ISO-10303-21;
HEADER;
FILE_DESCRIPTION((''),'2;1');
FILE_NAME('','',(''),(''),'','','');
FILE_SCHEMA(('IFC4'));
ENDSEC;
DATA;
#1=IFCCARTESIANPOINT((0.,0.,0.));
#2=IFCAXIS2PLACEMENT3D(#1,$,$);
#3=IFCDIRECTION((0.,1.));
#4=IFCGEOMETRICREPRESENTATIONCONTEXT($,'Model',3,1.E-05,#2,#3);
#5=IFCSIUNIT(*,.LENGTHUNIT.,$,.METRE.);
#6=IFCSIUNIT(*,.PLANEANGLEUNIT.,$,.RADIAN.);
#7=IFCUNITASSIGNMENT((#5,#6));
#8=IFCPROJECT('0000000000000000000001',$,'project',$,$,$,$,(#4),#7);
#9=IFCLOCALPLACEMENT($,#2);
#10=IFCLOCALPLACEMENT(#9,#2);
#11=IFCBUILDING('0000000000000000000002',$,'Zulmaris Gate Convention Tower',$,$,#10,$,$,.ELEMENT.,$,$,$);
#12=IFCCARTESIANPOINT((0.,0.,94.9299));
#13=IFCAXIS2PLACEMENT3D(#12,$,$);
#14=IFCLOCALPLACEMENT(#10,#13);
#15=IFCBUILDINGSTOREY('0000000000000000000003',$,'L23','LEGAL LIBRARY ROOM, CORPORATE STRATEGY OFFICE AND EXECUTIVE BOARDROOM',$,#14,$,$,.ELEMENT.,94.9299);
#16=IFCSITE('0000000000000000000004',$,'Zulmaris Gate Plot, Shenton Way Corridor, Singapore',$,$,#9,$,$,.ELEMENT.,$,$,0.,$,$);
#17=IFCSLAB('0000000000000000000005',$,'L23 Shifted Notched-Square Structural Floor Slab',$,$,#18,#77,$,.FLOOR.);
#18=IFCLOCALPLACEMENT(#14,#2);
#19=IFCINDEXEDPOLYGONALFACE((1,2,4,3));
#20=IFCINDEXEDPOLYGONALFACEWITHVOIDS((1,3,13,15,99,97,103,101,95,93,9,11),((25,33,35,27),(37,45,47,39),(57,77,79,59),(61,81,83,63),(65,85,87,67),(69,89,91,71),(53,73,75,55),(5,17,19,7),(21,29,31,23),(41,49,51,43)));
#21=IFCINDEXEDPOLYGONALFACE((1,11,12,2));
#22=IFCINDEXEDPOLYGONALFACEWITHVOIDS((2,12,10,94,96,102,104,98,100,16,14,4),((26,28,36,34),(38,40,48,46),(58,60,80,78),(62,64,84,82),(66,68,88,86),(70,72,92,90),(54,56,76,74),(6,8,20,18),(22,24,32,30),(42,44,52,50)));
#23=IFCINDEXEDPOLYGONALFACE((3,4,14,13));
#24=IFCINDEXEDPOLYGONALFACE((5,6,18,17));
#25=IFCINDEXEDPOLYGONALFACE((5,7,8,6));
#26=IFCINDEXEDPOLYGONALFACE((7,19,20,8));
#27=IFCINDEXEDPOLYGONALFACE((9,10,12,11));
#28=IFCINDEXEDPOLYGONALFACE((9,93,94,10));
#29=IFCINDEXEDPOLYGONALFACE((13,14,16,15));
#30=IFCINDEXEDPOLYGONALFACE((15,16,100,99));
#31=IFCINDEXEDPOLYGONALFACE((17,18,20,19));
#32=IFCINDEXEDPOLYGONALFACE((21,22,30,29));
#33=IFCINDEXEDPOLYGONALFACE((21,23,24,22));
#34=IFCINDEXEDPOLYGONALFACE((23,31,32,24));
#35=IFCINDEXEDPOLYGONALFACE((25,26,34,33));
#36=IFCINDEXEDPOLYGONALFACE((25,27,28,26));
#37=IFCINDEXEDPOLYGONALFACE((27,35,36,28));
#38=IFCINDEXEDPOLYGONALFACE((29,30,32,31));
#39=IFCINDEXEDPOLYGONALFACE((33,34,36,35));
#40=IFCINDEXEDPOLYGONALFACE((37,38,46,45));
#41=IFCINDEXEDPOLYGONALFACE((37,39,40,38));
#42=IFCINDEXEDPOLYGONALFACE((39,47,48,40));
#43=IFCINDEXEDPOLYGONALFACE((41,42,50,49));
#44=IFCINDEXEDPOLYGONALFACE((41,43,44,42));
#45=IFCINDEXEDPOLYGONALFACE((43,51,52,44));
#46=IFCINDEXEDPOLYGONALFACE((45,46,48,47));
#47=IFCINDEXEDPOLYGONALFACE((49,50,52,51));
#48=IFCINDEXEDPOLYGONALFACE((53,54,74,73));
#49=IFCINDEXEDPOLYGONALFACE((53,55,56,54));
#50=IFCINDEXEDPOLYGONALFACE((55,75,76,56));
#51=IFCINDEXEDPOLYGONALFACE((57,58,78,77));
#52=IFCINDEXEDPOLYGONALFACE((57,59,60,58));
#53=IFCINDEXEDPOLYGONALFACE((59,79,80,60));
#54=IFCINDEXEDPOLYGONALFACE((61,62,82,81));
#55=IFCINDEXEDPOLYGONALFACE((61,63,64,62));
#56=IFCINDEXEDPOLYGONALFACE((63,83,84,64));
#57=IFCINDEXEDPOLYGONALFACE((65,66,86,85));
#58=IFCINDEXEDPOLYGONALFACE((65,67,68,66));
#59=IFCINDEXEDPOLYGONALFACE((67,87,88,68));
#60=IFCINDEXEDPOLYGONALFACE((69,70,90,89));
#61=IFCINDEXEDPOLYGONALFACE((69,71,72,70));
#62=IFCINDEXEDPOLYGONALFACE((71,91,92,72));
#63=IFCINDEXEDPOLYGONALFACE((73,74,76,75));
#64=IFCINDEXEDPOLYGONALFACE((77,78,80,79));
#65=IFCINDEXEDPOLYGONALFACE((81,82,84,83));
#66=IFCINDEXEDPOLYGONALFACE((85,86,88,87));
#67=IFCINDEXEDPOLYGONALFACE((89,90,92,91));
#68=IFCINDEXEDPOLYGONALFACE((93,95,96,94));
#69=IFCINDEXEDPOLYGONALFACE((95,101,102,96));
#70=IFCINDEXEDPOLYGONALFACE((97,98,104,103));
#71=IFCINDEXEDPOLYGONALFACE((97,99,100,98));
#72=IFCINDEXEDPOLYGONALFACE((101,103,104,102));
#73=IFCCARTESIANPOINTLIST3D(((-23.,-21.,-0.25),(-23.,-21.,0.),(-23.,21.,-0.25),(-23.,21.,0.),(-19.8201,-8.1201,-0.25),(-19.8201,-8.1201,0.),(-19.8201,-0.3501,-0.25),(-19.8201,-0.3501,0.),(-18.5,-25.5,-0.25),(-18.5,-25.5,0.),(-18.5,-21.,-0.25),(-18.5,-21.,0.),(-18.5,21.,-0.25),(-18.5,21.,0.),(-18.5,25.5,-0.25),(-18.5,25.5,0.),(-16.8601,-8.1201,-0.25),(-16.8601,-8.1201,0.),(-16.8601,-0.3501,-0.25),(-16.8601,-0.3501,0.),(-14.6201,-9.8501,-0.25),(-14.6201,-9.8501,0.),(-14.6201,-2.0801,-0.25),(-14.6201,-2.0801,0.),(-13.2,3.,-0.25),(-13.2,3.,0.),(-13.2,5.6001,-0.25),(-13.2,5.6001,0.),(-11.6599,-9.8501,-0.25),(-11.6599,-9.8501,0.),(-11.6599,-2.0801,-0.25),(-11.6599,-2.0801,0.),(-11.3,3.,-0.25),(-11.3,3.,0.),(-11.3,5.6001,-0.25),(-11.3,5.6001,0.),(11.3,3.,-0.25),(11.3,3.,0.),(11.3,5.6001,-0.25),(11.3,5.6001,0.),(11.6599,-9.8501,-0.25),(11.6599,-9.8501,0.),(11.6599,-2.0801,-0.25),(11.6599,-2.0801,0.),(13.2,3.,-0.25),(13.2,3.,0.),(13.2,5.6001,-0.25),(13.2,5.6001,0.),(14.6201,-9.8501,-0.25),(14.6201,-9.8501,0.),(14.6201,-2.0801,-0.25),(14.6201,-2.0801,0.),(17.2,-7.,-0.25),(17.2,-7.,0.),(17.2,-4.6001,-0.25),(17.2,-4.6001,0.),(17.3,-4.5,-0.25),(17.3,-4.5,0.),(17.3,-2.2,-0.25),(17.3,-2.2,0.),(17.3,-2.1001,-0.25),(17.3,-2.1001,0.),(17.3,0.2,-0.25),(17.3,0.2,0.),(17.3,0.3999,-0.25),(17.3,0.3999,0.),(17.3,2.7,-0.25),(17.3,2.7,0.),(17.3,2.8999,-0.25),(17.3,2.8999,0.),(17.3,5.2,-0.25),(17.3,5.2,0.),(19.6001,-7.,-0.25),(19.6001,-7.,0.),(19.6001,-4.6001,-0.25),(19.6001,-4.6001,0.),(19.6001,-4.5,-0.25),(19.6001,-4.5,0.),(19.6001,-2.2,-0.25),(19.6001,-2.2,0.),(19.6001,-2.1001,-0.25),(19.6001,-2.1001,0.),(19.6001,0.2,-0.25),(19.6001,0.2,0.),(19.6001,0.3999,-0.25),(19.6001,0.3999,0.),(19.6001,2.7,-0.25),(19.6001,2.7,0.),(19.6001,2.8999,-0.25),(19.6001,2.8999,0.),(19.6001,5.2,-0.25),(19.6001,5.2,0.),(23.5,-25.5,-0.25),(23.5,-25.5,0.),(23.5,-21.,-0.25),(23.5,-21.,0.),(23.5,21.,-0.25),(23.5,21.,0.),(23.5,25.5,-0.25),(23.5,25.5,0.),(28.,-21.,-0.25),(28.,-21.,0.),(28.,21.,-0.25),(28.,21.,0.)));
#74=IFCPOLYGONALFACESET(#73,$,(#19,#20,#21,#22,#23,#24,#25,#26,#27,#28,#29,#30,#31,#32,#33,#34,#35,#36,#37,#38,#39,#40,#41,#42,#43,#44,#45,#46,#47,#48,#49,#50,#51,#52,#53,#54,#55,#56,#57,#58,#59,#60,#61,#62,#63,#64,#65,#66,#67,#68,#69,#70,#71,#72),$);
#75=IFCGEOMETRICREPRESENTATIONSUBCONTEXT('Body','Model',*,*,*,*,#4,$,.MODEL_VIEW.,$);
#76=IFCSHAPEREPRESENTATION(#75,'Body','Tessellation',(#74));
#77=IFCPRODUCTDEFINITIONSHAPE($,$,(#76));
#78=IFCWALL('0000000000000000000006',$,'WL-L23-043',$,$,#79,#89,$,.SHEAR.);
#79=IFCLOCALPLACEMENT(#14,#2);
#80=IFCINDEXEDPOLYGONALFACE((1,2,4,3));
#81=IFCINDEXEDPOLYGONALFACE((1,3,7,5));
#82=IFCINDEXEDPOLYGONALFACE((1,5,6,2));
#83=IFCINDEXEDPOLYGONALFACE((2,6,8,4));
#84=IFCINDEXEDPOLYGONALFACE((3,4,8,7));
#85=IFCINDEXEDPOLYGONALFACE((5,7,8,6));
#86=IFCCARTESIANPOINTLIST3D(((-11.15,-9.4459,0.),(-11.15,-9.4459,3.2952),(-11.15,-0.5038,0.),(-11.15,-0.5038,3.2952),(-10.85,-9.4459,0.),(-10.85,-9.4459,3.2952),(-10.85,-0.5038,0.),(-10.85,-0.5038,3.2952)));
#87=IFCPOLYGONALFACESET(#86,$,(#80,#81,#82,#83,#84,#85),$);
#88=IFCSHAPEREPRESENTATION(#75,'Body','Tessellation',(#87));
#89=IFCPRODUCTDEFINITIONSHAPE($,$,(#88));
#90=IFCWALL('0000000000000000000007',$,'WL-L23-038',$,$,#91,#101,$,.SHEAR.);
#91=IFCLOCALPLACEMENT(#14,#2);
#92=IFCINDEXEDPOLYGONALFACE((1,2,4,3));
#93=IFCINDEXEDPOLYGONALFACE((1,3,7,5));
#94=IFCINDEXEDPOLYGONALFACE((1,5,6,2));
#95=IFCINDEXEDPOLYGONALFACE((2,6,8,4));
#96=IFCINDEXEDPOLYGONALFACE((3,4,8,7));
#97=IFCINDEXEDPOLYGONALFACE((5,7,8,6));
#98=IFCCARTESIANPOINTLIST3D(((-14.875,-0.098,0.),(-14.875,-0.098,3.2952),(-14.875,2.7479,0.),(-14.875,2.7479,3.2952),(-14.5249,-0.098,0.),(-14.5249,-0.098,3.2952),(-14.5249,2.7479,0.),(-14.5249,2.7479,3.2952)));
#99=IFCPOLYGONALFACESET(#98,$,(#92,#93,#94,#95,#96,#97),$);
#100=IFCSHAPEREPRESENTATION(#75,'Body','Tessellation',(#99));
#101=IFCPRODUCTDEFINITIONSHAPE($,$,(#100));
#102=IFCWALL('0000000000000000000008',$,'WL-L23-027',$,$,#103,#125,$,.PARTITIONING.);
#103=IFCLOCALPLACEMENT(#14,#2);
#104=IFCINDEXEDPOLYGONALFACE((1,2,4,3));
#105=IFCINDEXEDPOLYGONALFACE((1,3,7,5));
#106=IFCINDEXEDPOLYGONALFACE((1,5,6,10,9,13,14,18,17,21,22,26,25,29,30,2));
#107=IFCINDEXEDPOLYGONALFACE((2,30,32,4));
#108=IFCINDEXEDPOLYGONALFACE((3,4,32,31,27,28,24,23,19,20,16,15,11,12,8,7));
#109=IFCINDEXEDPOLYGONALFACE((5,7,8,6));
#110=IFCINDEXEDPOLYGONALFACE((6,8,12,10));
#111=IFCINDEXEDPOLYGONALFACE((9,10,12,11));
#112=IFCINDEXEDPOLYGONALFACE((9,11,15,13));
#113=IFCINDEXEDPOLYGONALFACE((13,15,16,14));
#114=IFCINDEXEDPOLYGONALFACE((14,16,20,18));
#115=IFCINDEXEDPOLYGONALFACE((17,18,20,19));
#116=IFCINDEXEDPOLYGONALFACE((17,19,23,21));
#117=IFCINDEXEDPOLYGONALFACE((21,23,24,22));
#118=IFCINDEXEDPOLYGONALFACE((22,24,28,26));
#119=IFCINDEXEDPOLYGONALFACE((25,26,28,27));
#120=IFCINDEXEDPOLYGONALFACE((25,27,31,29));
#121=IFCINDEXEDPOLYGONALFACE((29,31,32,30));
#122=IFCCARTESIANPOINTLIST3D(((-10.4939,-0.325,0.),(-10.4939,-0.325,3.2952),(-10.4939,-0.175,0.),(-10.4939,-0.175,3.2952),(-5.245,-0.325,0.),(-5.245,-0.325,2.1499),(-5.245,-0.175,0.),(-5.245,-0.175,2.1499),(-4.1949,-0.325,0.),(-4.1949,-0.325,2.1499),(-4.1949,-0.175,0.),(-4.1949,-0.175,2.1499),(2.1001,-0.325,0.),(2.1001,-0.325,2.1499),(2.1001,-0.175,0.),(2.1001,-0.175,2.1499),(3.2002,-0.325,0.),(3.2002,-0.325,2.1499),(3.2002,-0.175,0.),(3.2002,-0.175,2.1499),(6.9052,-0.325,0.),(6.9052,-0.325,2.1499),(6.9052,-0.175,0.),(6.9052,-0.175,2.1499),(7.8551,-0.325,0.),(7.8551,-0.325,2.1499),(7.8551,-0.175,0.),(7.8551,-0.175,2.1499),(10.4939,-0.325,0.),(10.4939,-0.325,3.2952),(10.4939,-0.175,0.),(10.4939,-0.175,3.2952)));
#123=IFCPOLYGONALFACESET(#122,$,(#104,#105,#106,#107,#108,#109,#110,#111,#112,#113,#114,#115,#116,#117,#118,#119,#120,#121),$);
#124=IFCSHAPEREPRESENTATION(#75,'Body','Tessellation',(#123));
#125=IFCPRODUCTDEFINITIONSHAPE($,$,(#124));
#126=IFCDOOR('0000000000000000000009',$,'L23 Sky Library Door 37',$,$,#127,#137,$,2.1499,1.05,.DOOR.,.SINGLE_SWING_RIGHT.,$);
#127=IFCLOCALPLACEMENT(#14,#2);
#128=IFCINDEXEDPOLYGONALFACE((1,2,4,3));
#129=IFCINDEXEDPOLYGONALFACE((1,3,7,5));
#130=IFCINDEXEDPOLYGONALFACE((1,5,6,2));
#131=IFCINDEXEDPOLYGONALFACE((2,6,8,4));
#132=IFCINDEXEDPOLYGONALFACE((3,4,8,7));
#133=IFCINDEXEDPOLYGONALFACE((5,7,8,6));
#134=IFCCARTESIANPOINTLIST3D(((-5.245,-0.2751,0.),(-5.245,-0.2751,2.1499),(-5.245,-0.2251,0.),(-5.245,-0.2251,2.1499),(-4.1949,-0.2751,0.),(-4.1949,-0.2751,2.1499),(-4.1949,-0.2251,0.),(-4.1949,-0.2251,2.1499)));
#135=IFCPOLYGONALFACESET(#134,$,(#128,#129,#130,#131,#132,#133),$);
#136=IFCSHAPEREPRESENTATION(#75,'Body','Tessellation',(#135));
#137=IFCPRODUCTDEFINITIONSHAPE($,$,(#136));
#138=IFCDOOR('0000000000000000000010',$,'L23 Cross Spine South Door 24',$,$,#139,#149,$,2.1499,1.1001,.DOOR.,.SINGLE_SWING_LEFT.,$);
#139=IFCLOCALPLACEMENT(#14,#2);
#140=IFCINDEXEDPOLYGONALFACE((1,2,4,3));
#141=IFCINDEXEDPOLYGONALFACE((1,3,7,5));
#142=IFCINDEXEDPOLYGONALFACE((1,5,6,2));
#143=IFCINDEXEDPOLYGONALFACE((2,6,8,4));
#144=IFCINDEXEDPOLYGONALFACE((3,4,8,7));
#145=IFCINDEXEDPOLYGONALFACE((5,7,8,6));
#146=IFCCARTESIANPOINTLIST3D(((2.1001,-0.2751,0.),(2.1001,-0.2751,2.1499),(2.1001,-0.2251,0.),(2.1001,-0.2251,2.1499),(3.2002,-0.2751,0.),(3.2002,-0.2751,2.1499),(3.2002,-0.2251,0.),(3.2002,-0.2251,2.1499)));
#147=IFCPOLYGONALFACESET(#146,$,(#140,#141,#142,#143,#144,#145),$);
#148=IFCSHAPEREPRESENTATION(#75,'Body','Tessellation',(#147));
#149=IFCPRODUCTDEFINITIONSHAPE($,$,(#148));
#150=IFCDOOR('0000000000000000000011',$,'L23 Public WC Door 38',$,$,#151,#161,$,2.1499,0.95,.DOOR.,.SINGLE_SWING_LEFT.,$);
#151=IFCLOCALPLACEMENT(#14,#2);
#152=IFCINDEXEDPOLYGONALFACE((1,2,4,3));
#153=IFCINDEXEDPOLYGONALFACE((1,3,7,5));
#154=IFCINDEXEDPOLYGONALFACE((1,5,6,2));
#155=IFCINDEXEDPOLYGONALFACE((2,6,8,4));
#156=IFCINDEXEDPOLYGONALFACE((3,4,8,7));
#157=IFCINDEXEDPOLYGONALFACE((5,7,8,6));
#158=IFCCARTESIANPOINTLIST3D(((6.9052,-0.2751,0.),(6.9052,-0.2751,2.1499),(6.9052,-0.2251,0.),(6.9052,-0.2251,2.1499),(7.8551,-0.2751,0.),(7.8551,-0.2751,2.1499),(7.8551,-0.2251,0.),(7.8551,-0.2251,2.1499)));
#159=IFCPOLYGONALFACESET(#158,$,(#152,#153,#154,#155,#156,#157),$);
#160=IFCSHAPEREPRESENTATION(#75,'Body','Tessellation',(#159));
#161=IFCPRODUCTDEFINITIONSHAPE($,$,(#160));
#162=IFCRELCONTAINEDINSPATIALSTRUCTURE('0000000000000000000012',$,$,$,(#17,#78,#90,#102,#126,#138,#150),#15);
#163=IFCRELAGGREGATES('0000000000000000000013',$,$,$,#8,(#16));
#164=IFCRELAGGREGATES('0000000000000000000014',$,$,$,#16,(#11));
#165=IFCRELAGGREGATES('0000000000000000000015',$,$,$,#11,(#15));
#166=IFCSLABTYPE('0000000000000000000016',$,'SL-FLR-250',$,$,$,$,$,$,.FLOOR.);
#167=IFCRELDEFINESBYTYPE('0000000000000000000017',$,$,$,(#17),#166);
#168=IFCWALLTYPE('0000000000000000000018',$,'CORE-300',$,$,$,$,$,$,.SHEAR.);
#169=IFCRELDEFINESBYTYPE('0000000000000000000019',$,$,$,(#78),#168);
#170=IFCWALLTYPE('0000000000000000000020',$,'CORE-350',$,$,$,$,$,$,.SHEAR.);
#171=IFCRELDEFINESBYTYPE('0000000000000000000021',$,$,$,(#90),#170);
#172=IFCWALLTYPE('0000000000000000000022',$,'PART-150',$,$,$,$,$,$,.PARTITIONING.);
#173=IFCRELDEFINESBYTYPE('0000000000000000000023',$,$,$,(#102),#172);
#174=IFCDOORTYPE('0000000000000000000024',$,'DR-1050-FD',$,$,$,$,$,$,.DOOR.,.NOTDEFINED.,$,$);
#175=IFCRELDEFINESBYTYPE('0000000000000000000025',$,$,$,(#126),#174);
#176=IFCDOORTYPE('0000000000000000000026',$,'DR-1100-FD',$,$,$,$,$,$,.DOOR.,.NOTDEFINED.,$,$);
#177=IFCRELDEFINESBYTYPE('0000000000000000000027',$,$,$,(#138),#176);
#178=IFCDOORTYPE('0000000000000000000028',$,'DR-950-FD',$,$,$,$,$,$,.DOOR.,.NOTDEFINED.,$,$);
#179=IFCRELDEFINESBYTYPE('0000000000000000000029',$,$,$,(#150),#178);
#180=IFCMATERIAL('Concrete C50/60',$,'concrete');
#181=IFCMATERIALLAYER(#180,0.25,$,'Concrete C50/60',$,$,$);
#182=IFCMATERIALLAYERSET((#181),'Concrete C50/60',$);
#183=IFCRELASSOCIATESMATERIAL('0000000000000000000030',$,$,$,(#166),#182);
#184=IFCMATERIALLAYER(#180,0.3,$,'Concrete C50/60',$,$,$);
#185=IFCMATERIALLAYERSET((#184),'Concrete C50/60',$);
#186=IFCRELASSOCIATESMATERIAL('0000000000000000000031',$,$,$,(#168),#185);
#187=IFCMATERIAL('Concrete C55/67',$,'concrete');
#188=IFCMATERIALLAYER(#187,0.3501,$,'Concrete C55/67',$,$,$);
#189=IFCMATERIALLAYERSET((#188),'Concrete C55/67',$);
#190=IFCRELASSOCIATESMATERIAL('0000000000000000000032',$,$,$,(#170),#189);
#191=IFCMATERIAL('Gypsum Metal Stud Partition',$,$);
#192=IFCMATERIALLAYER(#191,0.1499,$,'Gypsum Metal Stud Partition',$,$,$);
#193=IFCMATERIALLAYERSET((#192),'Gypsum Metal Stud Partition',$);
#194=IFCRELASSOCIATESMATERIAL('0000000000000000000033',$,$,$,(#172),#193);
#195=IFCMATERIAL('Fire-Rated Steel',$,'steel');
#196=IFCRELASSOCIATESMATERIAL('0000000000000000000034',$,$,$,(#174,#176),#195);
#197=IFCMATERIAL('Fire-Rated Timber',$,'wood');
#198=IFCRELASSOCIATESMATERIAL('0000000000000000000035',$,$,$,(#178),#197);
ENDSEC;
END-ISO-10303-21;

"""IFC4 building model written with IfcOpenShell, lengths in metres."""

from ifc_helpers import new_model, si_unit, direction, frame, frame_2d, origin, place, context, subcontext, project, spatial, polyline, rectangle, outline, extrude, material, layer, layer_set, type_object, element, fill, save


model = new_model("IFC4")

# Units and contexts
model_context = context("Model", 3, precision=1e-05, world=origin(), true_north=direction((0.0, 1.0)))
body_context = subcontext(model_context, "Body", "Model", "MODEL_VIEW")
ifc_project = project(units=[si_unit("LENGTHUNIT", "METRE"), si_unit("PLANEANGLEUNIT", "RADIAN")], contexts=[model_context])

# Site, building, storey
site_placement = place(None, origin())
site = spatial("IfcSite", under=ifc_project, at=site_placement, Name="Zulmaris Gate Plot, Shenton Way Corridor, Singapore", CompositionType="ELEMENT", RefElevation=0.0)
building_placement = place(site_placement, origin())
building = spatial("IfcBuilding", under=site, at=building_placement, Name="Zulmaris Gate Convention Tower", CompositionType="ELEMENT")
storey_placement = place(building_placement, frame((0.0, 0.0, 94.9299)))
storey = spatial("IfcBuildingStorey", under=building, at=storey_placement, Name="L23", Description="LEGAL LIBRARY ROOM, CORPORATE STRATEGY OFFICE AND EXECUTIVE BOARDROOM", CompositionType="ELEMENT", Elevation=94.9299)

# Slab
ifc_material_1 = material(Name="Concrete C50/60", Category="concrete")
ifc_layer_1 = layer(ifc_material_1, 0.25, Name="Concrete C50/60")
ifc_layer_set_1 = layer_set([ifc_layer_1], Name="Concrete C50/60")
slab_type_1 = type_object("IfcSlabType", Name="SL-FLR-250", PredefinedType="FLOOR", material=ifc_layer_set_1)
slab_1_placement = place(storey_placement, frame((0.0, 0.0, -0.25)))
element("IfcSlab", 1, at=slab_1_placement, inside=storey, type_object=slab_type_1, Name="L23 Shifted Notched-Square Structural Floor Slab", PredefinedType="FLOOR", context=body_context, shape_type="SweptSolid", body=[
    extrude(outline(polyline([(-18.5, -25.5), (23.5, -25.5), (23.5, -21.0), (28.0, -21.0), (28.0, 21.0), (23.5, 21.0), (23.5, 25.5), (-18.5, 25.5), (-18.5, 21.0), (-23.0, 21.0), (-23.0, -21.0), (-18.5, -21.0), (-18.5, -25.5)]), holes=[polyline([(-14.6201, -2.0801), (-14.6201, -9.8501), (-11.6599, -9.8501), (-11.6599, -2.0801), (-14.6201, -2.0801)]), polyline([(11.6599, -2.0801), (11.6599, -9.8501), (14.6201, -9.8501), (14.6201, -2.0801), (11.6599, -2.0801)]), polyline([(-16.8601, -8.1201), (-16.8601, -0.3501), (-19.8201, -0.3501), (-19.8201, -8.1201), (-16.8601, -8.1201)]), polyline([(-13.2, 3.0), (-11.3, 3.0), (-11.3, 5.6001), (-13.2, 5.6001), (-13.2, 3.0)]), polyline([(11.3, 3.0), (13.2, 3.0), (13.2, 5.6001), (11.3, 5.6001), (11.3, 3.0)]), polyline([(17.2, -7.0), (19.6001, -7.0), (19.6001, -4.6001), (17.2, -4.6001), (17.2, -7.0)]), polyline([(17.3, -4.5), (19.6001, -4.5), (19.6001, -2.2), (17.3, -2.2), (17.3, -4.5)]), polyline([(17.3, -2.1001), (19.6001, -2.1001), (19.6001, 0.2), (17.3, 0.2), (17.3, -2.1001)]), polyline([(17.3, 0.3999), (19.6001, 0.3999), (19.6001, 2.7), (17.3, 2.7), (17.3, 0.3999)]), polyline([(17.3, 2.8999), (19.6001, 2.8999), (19.6001, 5.2), (17.3, 5.2), (17.3, 2.8999)])]), origin(), (0.0, 0.0, 1.0), 0.25),
])

# Walls
ifc_layer_2 = layer(ifc_material_1, 0.3, Name="Concrete C50/60")
ifc_layer_set_2 = layer_set([ifc_layer_2], Name="Concrete C50/60")
wall_type_1 = type_object("IfcWallType", Name="CORE-300", PredefinedType="SHEAR", material=ifc_layer_set_2)
wall_1_placement = place(storey_placement, frame((-11.0, -9.446, 0.0), z_axis=(0.0, 0.0, 1.0), x_axis=(0.0, 1.0, 0.0)))
element("IfcWall", 2, at=wall_1_placement, inside=storey, type_object=wall_type_1, Name="WL-L23-043", PredefinedType="SHEAR", context=body_context, shape_type="SweptSolid", body=[
    extrude(rectangle(XDim=8.9421, YDim=0.3, at=frame_2d((4.4712, 0.0))), origin(), (0.0, 0.0, 1.0), 3.2952),
])
ifc_material_2 = material(Name="Concrete C55/67", Category="concrete")
ifc_layer_3 = layer(ifc_material_2, 0.3501, Name="Concrete C55/67")
ifc_layer_set_3 = layer_set([ifc_layer_3], Name="Concrete C55/67")
wall_type_2 = type_object("IfcWallType", Name="CORE-350", PredefinedType="SHEAR", material=ifc_layer_set_3)
wall_2_placement = place(storey_placement, frame((-14.7, -0.0979, 0.0), z_axis=(0.0, 0.0, 1.0), x_axis=(0.0, 1.0, 0.0)))
element("IfcWall", 3, at=wall_2_placement, inside=storey, type_object=wall_type_2, Name="WL-L23-038", PredefinedType="SHEAR", context=body_context, shape_type="SweptSolid", body=[
    extrude(rectangle(XDim=2.8459, YDim=0.3501, at=frame_2d((1.4229, 0.0))), origin(), (0.0, 0.0, 1.0), 3.2952),
])

# Wall, openings, doors
ifc_material_3 = material(Name="Gypsum Metal Stud Partition")
ifc_layer_4 = layer(ifc_material_3, 0.1499, Name="Gypsum Metal Stud Partition")
ifc_layer_set_4 = layer_set([ifc_layer_4], Name="Gypsum Metal Stud Partition")
wall_type_3 = type_object("IfcWallType", Name="PART-150", PredefinedType="PARTITIONING", material=ifc_layer_set_4)
wall_3_placement = place(storey_placement, frame((-10.4939, -0.25, 0.0), z_axis=(0.0, 0.0, 1.0), x_axis=(1.0, 0.0, 0.0)))
wall_3 = element("IfcWall", 4, at=wall_3_placement, inside=storey, type_object=wall_type_3, Name="WL-L23-027", PredefinedType="PARTITIONING", context=body_context, shape_type="SweptSolid", body=[
    extrude(rectangle(XDim=20.9878, YDim=0.1499, at=frame_2d((10.4939, 0.0))), origin(), (0.0, 0.0, 1.0), 3.2952),
])
opening_1_placement = place(wall_3_placement, frame((12.594, 0.0, 0.0)))
opening_1 = element("IfcOpeningElement", 5, at=opening_1_placement, cuts=wall_3, PredefinedType="OPENING", context=body_context, shape_type="SweptSolid", body=[
    extrude(rectangle(XDim=1.1001, YDim=2.1499, at=frame_2d((0.55, 1.075))), frame((0.0, 0.085, 0.0), z_axis=(0.0, -1.0, 0.0), x_axis=(1.0, 0.0, 0.0)), (0.0, 0.0, 1.0), 0.1699),
])
opening_2_placement = place(wall_3_placement, frame((5.249, 0.0, 0.0)))
opening_2 = element("IfcOpeningElement", 6, at=opening_2_placement, cuts=wall_3, PredefinedType="OPENING", context=body_context, shape_type="SweptSolid", body=[
    extrude(rectangle(XDim=1.05, YDim=2.1499, at=frame_2d((0.5249, 1.075))), frame((0.0, 0.085, 0.0), z_axis=(0.0, -1.0, 0.0), x_axis=(1.0, 0.0, 0.0)), (0.0, 0.0, 1.0), 0.1699),
])
opening_3_placement = place(wall_3_placement, frame((17.3989, 0.0, 0.0)))
opening_3 = element("IfcOpeningElement", 7, at=opening_3_placement, cuts=wall_3, PredefinedType="OPENING", context=body_context, shape_type="SweptSolid", body=[
    extrude(rectangle(XDim=0.95, YDim=2.1499, at=frame_2d((0.4751, 1.075))), frame((0.0, 0.085, 0.0), z_axis=(0.0, -1.0, 0.0), x_axis=(1.0, 0.0, 0.0)), (0.0, 0.0, 1.0), 0.1699),
])
ifc_material_4 = material(Name="Fire-Rated Steel", Category="steel")
door_type_1 = type_object("IfcDoorType", Name="DR-1050-FD", OperationType="NOTDEFINED", PredefinedType="DOOR", material=ifc_material_4)
door_1_placement = place(opening_2_placement, origin())
door_1 = element("IfcDoor", 8, at=door_1_placement, inside=storey, type_object=door_type_1, Name="L23 Sky Library Door 37", OperationType="SINGLE_SWING_RIGHT", OverallHeight=2.1499, OverallWidth=1.05, PredefinedType="DOOR", context=body_context, shape_type="SweptSolid", body=[
    extrude(rectangle(XDim=1.05, YDim=2.1499, at=frame_2d((0.5249, 1.075))), frame((0.0, 0.0249, 0.0), z_axis=(0.0, -1.0, 0.0), x_axis=(1.0, 0.0, 0.0)), (0.0, 0.0, 1.0), 0.05),
])
fill(opening_2, door_1)
door_type_2 = type_object("IfcDoorType", Name="DR-1100-FD", OperationType="NOTDEFINED", PredefinedType="DOOR", material=ifc_material_4)
door_2_placement = place(opening_1_placement, origin())
door_2 = element("IfcDoor", 9, at=door_2_placement, inside=storey, type_object=door_type_2, Name="L23 Cross Spine South Door 24", OperationType="SINGLE_SWING_LEFT", OverallHeight=2.1499, OverallWidth=1.1001, PredefinedType="DOOR", context=body_context, shape_type="SweptSolid", body=[
    extrude(rectangle(XDim=1.1001, YDim=2.1499, at=frame_2d((0.55, 1.075))), frame((0.0, 0.0249, 0.0), z_axis=(0.0, -1.0, 0.0), x_axis=(1.0, 0.0, 0.0)), (0.0, 0.0, 1.0), 0.05),
])
fill(opening_1, door_2)
ifc_material_5 = material(Name="Fire-Rated Timber", Category="wood")
door_type_3 = type_object("IfcDoorType", Name="DR-950-FD", OperationType="NOTDEFINED", PredefinedType="DOOR", material=ifc_material_5)
door_3_placement = place(opening_3_placement, origin())
door_3 = element("IfcDoor", 10, at=door_3_placement, inside=storey, type_object=door_type_3, Name="L23 Public WC Door 38", OperationType="SINGLE_SWING_LEFT", OverallHeight=2.1499, OverallWidth=0.95, PredefinedType="DOOR", context=body_context, shape_type="SweptSolid", body=[
    extrude(rectangle(XDim=0.95, YDim=2.1499, at=frame_2d((0.4751, 1.075))), frame((0.0, 0.0249, 0.0), z_axis=(0.0, -1.0, 0.0), x_axis=(1.0, 0.0, 0.0)), (0.0, 0.0, 1.0), 0.05),
])
fill(opening_3, door_3)

save(model, "model.ifc")
